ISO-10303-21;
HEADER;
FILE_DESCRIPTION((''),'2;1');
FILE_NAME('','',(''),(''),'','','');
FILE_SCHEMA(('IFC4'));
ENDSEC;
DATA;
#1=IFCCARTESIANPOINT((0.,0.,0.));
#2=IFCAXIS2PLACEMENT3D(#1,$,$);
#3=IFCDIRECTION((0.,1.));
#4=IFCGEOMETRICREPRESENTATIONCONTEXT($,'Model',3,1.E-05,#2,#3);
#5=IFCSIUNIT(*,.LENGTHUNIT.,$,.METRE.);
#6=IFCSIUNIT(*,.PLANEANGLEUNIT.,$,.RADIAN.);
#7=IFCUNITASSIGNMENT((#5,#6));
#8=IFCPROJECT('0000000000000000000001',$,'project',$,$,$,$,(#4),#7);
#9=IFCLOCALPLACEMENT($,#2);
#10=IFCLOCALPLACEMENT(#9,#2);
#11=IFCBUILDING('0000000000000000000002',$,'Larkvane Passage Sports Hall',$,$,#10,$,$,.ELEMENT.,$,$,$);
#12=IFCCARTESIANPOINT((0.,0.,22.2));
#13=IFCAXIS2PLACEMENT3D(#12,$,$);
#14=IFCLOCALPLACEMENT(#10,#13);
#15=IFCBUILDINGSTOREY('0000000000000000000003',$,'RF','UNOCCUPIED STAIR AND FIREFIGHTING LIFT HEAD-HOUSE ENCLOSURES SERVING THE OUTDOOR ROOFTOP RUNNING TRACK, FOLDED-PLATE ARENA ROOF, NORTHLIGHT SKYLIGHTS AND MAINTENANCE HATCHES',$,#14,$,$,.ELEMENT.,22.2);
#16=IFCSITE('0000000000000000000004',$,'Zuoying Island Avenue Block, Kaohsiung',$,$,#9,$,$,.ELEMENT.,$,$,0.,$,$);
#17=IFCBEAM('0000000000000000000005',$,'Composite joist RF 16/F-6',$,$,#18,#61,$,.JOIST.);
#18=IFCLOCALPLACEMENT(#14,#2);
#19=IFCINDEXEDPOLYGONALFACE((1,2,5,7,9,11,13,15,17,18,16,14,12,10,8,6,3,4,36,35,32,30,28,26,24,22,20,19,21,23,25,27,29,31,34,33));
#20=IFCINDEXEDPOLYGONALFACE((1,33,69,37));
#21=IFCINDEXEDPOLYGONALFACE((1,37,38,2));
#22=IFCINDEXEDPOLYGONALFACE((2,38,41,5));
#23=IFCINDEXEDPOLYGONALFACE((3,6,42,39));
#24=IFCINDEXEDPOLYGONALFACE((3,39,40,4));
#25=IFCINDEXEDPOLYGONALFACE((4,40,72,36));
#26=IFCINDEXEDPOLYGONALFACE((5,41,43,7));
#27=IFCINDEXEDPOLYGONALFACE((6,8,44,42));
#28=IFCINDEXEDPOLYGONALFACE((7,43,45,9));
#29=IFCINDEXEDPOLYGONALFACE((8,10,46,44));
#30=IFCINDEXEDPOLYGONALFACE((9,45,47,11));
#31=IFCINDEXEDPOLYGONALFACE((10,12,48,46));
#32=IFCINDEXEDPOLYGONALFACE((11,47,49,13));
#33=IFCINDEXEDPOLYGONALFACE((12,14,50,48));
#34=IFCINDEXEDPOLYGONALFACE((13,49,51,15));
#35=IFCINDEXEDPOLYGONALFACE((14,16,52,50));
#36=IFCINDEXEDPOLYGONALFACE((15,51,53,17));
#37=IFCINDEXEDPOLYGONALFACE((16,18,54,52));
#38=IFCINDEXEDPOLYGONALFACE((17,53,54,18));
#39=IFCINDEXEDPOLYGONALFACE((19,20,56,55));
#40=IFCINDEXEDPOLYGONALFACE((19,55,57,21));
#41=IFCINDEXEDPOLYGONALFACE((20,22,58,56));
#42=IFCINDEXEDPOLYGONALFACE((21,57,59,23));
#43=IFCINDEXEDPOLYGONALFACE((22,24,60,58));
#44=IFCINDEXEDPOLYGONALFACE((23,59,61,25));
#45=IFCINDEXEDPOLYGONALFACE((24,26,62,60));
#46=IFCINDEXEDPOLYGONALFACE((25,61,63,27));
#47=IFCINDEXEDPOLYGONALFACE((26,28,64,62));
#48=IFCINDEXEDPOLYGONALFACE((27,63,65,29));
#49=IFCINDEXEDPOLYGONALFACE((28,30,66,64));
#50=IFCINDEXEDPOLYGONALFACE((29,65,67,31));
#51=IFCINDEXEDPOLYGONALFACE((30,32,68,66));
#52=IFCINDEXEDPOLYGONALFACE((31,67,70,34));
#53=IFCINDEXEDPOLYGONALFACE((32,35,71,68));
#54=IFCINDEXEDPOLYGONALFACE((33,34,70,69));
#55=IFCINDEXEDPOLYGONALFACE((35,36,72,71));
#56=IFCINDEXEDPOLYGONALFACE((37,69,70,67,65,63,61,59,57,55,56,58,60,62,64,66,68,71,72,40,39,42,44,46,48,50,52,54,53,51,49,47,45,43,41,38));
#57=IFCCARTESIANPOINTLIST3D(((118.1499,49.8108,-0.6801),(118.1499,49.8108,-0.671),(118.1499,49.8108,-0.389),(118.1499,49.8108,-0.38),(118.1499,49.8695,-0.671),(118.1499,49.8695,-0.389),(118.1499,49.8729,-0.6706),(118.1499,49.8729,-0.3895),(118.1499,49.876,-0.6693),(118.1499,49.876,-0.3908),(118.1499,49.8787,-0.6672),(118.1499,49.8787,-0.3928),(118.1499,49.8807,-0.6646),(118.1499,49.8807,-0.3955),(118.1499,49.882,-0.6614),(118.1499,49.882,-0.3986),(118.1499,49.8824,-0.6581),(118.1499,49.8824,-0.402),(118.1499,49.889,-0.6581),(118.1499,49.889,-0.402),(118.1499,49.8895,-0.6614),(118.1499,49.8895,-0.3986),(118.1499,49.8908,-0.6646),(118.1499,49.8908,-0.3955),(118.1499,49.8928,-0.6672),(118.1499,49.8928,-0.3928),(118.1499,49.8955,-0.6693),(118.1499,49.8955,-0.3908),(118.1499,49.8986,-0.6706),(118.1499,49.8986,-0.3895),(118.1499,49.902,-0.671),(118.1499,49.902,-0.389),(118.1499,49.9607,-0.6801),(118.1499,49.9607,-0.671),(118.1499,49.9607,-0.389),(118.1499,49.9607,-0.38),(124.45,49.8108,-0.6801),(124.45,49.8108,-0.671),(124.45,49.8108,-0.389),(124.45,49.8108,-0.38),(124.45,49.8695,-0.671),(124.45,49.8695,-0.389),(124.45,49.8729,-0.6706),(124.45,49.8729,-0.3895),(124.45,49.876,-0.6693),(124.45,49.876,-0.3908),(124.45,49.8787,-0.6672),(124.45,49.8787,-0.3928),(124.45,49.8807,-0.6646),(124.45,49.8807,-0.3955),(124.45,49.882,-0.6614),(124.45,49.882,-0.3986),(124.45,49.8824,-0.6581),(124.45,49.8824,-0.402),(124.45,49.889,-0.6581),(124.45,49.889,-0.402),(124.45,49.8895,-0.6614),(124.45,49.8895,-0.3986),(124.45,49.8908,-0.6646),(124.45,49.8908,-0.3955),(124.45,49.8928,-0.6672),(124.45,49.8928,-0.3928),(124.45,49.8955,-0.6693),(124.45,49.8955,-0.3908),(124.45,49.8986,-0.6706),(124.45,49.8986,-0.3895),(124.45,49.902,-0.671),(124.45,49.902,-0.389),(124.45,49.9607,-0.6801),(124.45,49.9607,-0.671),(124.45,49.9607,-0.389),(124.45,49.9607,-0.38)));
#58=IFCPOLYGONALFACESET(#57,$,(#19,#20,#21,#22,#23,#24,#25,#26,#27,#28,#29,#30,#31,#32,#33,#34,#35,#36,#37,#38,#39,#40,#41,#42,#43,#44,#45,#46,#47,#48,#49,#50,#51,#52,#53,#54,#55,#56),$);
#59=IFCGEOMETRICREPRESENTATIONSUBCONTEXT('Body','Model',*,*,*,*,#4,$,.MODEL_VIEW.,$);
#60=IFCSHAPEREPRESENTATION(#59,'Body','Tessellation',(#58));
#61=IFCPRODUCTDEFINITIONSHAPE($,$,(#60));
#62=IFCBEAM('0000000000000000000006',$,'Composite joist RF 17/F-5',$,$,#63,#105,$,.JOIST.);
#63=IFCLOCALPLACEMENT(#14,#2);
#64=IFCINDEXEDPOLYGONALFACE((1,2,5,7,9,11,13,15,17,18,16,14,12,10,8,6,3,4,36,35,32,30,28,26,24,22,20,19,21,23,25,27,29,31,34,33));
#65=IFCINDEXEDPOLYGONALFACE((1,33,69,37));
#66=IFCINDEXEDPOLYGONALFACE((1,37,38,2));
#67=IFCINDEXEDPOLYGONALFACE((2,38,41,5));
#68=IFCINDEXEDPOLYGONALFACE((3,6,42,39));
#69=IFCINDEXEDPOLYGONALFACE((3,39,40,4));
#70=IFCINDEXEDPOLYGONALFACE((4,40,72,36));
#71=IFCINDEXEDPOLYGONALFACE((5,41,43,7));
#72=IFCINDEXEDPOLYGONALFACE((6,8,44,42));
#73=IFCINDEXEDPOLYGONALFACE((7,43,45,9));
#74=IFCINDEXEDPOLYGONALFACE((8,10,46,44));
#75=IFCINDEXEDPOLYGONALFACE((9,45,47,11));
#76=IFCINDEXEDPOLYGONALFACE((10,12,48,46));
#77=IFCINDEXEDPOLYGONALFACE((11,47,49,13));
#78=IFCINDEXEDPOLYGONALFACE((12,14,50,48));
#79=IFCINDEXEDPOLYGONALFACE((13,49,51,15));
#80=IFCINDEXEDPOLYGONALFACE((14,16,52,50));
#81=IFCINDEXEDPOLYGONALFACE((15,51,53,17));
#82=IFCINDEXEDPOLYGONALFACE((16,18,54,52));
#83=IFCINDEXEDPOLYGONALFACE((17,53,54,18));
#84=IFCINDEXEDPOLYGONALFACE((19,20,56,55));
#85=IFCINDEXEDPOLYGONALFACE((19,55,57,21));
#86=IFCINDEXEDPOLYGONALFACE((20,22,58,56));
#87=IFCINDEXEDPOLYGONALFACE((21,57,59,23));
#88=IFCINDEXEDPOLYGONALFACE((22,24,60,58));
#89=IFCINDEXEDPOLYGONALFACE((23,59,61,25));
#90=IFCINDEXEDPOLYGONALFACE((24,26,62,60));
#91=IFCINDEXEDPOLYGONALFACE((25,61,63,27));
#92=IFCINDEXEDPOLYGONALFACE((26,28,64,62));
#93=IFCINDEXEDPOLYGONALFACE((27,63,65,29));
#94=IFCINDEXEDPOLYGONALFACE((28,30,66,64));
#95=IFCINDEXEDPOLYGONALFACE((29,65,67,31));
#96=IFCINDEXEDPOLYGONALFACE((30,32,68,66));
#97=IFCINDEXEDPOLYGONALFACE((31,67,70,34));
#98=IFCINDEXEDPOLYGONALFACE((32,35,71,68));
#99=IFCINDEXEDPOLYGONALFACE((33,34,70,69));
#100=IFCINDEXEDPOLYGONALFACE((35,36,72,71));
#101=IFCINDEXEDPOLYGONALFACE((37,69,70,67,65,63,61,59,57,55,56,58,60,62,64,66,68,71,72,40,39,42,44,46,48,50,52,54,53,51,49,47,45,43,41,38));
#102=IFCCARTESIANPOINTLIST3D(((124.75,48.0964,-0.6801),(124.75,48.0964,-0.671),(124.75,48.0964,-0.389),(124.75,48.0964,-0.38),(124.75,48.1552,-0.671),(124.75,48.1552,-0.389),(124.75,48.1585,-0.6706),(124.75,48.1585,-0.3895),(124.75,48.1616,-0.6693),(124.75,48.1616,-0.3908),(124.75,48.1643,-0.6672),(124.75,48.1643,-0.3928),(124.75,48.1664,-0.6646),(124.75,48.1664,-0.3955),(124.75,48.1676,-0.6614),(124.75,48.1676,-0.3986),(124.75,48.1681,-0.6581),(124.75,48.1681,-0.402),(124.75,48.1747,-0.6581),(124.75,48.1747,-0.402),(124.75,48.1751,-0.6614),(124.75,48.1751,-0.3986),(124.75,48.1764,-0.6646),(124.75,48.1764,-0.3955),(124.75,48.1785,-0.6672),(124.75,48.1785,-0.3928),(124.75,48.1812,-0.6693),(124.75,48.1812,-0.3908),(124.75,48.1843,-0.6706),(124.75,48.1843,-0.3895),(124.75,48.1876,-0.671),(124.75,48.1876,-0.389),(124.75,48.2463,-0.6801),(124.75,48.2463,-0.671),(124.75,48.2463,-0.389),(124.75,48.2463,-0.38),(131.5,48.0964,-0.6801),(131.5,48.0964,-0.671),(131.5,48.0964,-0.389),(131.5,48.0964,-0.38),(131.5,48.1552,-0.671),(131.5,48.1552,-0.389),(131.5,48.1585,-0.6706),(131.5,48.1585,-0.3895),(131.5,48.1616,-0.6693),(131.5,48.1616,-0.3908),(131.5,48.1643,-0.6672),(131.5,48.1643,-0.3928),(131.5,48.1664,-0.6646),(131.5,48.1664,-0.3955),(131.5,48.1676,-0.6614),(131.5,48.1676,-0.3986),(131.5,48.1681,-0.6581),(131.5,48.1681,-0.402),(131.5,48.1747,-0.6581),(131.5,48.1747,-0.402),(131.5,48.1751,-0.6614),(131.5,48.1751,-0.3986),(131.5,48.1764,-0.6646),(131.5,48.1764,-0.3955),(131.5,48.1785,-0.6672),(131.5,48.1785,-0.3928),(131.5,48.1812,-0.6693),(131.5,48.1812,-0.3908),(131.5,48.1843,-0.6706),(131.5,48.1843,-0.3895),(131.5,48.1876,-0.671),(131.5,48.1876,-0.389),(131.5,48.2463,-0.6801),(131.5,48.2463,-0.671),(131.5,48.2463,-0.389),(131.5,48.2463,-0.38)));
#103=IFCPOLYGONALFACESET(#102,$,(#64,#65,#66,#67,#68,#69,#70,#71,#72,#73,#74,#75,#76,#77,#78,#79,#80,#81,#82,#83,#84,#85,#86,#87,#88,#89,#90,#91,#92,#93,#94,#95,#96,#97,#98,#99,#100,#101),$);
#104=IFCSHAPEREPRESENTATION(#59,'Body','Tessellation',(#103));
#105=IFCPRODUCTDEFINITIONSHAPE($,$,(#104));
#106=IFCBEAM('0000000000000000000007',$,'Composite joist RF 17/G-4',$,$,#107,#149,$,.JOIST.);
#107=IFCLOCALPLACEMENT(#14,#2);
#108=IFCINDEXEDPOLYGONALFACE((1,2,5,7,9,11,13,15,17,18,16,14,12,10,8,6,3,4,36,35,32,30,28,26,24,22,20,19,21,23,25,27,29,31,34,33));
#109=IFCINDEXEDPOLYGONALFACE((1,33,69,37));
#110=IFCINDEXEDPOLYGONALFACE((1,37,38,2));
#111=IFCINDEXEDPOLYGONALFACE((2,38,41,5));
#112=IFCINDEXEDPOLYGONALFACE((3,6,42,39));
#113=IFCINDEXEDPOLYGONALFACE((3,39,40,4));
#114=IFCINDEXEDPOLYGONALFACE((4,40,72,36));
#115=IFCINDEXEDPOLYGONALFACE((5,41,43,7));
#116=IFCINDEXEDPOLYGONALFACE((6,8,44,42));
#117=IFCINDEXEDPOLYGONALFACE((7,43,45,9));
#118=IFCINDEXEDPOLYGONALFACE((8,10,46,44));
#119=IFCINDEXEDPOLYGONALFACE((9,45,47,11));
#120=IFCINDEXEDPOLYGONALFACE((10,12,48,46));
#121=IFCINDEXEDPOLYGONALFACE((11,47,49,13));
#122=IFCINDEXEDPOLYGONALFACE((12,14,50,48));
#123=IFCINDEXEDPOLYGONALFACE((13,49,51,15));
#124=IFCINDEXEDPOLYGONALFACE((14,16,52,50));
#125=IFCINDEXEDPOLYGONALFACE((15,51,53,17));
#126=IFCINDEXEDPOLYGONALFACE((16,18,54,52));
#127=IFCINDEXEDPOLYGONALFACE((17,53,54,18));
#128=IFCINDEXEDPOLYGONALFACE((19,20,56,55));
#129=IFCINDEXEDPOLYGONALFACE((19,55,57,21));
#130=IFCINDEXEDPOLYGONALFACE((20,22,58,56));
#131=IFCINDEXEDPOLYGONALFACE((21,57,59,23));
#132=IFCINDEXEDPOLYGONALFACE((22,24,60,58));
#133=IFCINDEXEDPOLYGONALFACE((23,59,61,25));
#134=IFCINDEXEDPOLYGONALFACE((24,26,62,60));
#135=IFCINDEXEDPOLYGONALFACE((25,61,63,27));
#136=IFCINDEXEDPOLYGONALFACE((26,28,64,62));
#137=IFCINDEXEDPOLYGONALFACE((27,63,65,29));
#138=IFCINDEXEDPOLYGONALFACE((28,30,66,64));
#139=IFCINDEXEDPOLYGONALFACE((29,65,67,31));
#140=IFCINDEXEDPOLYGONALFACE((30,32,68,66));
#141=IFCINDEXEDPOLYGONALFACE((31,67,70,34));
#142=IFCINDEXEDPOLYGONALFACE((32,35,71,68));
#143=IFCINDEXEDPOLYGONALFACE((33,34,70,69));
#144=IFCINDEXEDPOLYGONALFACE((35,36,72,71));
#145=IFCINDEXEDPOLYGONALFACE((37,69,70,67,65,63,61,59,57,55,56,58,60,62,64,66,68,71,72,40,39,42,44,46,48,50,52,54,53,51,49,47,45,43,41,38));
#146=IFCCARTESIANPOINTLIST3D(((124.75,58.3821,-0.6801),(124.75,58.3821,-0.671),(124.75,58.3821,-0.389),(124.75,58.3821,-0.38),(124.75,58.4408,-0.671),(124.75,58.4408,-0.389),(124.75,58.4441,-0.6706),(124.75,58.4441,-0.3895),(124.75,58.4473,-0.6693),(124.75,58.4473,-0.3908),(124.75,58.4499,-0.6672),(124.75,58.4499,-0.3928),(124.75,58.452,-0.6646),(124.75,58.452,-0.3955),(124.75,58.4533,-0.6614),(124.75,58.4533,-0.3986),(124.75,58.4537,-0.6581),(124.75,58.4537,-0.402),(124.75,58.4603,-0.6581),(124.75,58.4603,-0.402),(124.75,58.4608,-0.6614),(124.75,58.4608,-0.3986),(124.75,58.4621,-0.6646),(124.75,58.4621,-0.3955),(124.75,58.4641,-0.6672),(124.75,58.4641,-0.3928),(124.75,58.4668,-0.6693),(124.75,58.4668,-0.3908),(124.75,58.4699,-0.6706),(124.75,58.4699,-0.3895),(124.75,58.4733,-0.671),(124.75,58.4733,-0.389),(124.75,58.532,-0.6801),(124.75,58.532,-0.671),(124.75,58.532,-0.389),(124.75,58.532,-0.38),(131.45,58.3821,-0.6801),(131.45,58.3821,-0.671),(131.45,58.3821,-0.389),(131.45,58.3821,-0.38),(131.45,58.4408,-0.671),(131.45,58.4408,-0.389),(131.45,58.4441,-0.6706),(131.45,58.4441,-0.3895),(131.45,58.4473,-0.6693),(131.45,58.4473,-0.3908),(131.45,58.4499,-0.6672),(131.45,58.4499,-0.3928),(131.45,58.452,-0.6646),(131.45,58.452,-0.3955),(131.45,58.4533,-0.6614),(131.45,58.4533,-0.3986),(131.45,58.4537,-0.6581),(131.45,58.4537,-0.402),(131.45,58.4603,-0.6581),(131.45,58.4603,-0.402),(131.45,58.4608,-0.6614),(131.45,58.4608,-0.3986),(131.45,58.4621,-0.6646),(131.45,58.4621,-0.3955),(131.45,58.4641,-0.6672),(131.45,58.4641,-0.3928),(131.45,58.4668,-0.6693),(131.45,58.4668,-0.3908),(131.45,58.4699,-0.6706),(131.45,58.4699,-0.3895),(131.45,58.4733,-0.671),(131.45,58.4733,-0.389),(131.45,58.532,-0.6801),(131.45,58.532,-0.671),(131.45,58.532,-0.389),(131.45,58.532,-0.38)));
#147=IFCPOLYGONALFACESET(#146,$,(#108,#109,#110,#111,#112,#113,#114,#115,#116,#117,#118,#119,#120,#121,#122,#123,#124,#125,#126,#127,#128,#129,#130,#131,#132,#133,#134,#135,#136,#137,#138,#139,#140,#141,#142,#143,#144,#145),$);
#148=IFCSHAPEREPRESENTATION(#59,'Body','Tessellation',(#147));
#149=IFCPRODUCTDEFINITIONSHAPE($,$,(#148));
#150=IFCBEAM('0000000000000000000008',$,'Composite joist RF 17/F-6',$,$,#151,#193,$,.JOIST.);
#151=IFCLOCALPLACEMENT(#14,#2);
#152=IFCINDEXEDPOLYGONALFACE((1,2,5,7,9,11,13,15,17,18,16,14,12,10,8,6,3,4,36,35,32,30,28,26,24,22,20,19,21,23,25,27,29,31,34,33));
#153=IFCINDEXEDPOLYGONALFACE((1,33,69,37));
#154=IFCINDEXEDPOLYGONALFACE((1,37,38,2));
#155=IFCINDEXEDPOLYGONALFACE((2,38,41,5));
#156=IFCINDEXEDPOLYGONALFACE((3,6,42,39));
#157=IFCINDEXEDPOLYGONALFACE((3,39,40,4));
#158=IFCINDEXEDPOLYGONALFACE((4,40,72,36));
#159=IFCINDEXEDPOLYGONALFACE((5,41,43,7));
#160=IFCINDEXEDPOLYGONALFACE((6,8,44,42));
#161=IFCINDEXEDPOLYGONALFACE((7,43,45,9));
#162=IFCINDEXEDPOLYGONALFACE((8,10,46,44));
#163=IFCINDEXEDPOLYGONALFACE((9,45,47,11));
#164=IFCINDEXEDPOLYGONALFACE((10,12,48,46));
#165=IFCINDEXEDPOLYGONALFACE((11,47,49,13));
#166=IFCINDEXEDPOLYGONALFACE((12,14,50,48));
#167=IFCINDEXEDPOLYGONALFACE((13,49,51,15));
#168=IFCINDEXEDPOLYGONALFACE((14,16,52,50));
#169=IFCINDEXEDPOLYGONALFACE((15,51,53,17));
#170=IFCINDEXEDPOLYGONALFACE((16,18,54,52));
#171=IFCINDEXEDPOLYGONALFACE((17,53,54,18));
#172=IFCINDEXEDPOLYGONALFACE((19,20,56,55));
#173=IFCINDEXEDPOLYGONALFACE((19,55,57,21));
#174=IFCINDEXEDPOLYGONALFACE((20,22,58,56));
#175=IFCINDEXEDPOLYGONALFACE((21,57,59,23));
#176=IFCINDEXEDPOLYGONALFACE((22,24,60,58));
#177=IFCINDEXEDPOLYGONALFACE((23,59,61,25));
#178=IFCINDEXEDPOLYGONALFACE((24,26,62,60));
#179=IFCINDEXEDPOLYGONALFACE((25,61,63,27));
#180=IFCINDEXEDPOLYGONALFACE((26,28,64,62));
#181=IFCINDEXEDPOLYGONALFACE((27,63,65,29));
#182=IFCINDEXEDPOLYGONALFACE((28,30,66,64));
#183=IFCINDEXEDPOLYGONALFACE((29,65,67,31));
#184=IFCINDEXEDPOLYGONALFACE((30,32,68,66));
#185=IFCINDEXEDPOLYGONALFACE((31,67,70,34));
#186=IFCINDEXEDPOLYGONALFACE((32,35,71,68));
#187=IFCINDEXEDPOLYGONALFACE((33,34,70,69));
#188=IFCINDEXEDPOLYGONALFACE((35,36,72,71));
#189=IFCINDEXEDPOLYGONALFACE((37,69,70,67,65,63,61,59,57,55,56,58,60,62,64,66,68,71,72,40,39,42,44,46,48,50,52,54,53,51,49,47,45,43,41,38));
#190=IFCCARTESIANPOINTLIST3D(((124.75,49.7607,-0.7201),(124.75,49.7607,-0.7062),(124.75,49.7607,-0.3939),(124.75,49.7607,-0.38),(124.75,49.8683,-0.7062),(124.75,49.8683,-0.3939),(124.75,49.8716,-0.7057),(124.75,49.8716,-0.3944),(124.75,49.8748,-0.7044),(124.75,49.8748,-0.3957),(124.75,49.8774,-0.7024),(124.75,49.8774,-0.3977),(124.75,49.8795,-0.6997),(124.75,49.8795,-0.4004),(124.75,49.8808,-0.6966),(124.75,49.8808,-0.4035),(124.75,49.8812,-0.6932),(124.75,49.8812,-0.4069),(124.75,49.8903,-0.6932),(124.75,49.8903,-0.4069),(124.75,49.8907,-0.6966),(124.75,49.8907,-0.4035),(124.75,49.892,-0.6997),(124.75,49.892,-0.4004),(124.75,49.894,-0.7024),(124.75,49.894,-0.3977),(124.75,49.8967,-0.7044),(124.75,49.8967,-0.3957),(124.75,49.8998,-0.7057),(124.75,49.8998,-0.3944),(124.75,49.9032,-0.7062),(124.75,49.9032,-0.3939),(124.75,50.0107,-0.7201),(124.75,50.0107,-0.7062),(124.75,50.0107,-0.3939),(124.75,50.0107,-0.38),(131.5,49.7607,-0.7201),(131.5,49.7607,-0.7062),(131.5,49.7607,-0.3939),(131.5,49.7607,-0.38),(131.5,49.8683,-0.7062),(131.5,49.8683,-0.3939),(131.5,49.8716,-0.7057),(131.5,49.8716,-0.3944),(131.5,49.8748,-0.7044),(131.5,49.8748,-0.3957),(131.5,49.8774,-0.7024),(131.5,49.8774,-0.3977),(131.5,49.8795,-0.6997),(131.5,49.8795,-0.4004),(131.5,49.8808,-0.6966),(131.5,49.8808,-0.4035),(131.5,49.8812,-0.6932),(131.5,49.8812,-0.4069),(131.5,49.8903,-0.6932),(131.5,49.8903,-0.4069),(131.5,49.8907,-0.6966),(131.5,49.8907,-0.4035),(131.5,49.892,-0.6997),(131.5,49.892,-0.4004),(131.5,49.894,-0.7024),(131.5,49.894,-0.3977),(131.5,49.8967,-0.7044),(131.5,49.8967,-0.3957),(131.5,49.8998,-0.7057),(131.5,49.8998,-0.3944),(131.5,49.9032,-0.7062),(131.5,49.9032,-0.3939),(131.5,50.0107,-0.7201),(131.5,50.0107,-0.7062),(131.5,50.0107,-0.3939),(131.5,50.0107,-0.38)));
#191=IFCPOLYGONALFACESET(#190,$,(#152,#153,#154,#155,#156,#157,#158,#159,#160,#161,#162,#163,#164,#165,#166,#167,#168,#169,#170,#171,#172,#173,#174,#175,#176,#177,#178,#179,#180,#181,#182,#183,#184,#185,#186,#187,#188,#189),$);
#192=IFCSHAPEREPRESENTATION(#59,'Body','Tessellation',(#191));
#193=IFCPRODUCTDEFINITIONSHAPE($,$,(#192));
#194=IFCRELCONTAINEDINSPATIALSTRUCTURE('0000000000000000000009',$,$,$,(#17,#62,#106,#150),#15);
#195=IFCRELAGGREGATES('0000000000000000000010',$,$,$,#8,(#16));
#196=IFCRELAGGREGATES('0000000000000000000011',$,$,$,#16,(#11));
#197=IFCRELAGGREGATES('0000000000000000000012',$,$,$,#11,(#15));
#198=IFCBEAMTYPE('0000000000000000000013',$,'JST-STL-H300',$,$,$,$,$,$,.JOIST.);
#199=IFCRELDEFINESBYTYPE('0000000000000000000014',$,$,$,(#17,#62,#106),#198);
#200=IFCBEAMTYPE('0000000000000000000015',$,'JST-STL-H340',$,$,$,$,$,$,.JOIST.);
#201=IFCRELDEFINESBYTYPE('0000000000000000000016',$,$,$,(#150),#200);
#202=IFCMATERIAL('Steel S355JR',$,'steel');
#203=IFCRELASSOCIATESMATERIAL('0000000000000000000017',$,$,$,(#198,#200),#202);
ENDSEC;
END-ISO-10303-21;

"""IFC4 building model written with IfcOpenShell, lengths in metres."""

from ifc_helpers import new_model, si_unit, direction, frame, origin, origin_2d, place, context, subcontext, project, spatial, i_section, extrude, material, material_profile, profile_set, type_object, element, save


model = new_model("IFC4")

# Units and contexts
model_context = context("Model", 3, precision=1e-05, world=origin(), true_north=direction((0.0, 1.0)))
body_context = subcontext(model_context, "Body", "Model", "MODEL_VIEW")
ifc_project = project(units=[si_unit("LENGTHUNIT", "METRE"), si_unit("PLANEANGLEUNIT", "RADIAN")], contexts=[model_context])

# Site, building, storey
site_placement = place(None, origin())
site = spatial("IfcSite", under=ifc_project, at=site_placement, Name="Zuoying Island Avenue Block, Kaohsiung", CompositionType="ELEMENT", RefElevation=0.0)
building_placement = place(site_placement, origin())
building = spatial("IfcBuilding", under=site, at=building_placement, Name="Larkvane Passage Sports Hall", CompositionType="ELEMENT")
storey_placement = place(building_placement, frame((0.0, 0.0, 22.2)))
storey = spatial("IfcBuildingStorey", under=building, at=storey_placement, Name="RF", Description="UNOCCUPIED STAIR AND FIREFIGHTING LIFT HEAD-HOUSE ENCLOSURES SERVING THE OUTDOOR ROOFTOP RUNNING TRACK, FOLDED-PLATE ARENA ROOF, NORTHLIGHT SKYLIGHTS AND MAINTENANCE HATCHES", CompositionType="ELEMENT", Elevation=22.2)

# Beams
ifc_material_1 = material(Name="Steel S355JR", Category="steel")
ifc_material_profile_1 = material_profile(ifc_material_1, i_section(OverallWidth=0.1499, OverallDepth=0.3, WebThickness=0.0066, FlangeThickness=0.009, FilletRadius=0.0129, at=origin_2d()), Name="H-300x150x6.5x9")
ifc_profile_set_1 = profile_set([ifc_material_profile_1], Name="Steel S355JR")
beam_type_1 = type_object("IfcBeamType", Name="JST-STL-H300", PredefinedType="JOIST", material=ifc_profile_set_1)
beam_1_placement = place(storey_placement, frame((118.1499, 49.8857, -0.53), z_axis=(1.0, 0.0, 0.0), x_axis=(0.0, 1.0, 0.0)))
element("IfcBeam", 1, at=beam_1_placement, inside=storey, type_object=beam_type_1, Name="Composite joist RF 16/F-6", PredefinedType="JOIST", context=body_context, shape_type="SweptSolid", body=[
    extrude(i_section(OverallWidth=0.1499, OverallDepth=0.3, WebThickness=0.0066, FlangeThickness=0.009, FilletRadius=0.0129, at=origin_2d()), origin(), (0.0, 0.0, 1.0), 6.3),
])
beam_2_placement = place(storey_placement, frame((124.75, 48.1714, -0.53), z_axis=(1.0, 0.0, 0.0), x_axis=(0.0, 1.0, 0.0)))
element("IfcBeam", 2, at=beam_2_placement, inside=storey, type_object=beam_type_1, Name="Composite joist RF 17/F-5", PredefinedType="JOIST", context=body_context, shape_type="SweptSolid", body=[
    extrude(i_section(OverallWidth=0.1499, OverallDepth=0.3, WebThickness=0.0066, FlangeThickness=0.009, FilletRadius=0.0129, at=origin_2d()), origin(), (0.0, 0.0, 1.0), 6.75),
])
beam_3_placement = place(storey_placement, frame((124.75, 58.457, -0.53), z_axis=(1.0, 0.0, 0.0), x_axis=(0.0, 1.0, 0.0)))
element("IfcBeam", 3, at=beam_3_placement, inside=storey, type_object=beam_type_1, Name="Composite joist RF 17/G-4", PredefinedType="JOIST", context=body_context, shape_type="SweptSolid", body=[
    extrude(i_section(OverallWidth=0.1499, OverallDepth=0.3, WebThickness=0.0066, FlangeThickness=0.009, FilletRadius=0.0129, at=origin_2d()), origin(), (0.0, 0.0, 1.0), 6.7),
])
ifc_material_profile_2 = material_profile(ifc_material_1, i_section(OverallWidth=0.25, OverallDepth=0.3401, WebThickness=0.009, FlangeThickness=0.0139, FilletRadius=0.0129, at=origin_2d()), Name="H-340x250x9x14")
ifc_profile_set_2 = profile_set([ifc_material_profile_2], Name="Steel S355JR")
beam_type_2 = type_object("IfcBeamType", Name="JST-STL-H340", PredefinedType="JOIST", material=ifc_profile_set_2)
beam_4_placement = place(storey_placement, frame((124.75, 49.8857, -0.55), z_axis=(1.0, 0.0, 0.0), x_axis=(0.0, 1.0, 0.0)))
element("IfcBeam", 4, at=beam_4_placement, inside=storey, type_object=beam_type_2, Name="Composite joist RF 17/F-6", PredefinedType="JOIST", context=body_context, shape_type="SweptSolid", body=[
    extrude(i_section(OverallWidth=0.25, OverallDepth=0.3401, WebThickness=0.009, FlangeThickness=0.0139, FilletRadius=0.0129, at=origin_2d()), origin(), (0.0, 0.0, 1.0), 6.75),
])

save(model, "model.ifc")
